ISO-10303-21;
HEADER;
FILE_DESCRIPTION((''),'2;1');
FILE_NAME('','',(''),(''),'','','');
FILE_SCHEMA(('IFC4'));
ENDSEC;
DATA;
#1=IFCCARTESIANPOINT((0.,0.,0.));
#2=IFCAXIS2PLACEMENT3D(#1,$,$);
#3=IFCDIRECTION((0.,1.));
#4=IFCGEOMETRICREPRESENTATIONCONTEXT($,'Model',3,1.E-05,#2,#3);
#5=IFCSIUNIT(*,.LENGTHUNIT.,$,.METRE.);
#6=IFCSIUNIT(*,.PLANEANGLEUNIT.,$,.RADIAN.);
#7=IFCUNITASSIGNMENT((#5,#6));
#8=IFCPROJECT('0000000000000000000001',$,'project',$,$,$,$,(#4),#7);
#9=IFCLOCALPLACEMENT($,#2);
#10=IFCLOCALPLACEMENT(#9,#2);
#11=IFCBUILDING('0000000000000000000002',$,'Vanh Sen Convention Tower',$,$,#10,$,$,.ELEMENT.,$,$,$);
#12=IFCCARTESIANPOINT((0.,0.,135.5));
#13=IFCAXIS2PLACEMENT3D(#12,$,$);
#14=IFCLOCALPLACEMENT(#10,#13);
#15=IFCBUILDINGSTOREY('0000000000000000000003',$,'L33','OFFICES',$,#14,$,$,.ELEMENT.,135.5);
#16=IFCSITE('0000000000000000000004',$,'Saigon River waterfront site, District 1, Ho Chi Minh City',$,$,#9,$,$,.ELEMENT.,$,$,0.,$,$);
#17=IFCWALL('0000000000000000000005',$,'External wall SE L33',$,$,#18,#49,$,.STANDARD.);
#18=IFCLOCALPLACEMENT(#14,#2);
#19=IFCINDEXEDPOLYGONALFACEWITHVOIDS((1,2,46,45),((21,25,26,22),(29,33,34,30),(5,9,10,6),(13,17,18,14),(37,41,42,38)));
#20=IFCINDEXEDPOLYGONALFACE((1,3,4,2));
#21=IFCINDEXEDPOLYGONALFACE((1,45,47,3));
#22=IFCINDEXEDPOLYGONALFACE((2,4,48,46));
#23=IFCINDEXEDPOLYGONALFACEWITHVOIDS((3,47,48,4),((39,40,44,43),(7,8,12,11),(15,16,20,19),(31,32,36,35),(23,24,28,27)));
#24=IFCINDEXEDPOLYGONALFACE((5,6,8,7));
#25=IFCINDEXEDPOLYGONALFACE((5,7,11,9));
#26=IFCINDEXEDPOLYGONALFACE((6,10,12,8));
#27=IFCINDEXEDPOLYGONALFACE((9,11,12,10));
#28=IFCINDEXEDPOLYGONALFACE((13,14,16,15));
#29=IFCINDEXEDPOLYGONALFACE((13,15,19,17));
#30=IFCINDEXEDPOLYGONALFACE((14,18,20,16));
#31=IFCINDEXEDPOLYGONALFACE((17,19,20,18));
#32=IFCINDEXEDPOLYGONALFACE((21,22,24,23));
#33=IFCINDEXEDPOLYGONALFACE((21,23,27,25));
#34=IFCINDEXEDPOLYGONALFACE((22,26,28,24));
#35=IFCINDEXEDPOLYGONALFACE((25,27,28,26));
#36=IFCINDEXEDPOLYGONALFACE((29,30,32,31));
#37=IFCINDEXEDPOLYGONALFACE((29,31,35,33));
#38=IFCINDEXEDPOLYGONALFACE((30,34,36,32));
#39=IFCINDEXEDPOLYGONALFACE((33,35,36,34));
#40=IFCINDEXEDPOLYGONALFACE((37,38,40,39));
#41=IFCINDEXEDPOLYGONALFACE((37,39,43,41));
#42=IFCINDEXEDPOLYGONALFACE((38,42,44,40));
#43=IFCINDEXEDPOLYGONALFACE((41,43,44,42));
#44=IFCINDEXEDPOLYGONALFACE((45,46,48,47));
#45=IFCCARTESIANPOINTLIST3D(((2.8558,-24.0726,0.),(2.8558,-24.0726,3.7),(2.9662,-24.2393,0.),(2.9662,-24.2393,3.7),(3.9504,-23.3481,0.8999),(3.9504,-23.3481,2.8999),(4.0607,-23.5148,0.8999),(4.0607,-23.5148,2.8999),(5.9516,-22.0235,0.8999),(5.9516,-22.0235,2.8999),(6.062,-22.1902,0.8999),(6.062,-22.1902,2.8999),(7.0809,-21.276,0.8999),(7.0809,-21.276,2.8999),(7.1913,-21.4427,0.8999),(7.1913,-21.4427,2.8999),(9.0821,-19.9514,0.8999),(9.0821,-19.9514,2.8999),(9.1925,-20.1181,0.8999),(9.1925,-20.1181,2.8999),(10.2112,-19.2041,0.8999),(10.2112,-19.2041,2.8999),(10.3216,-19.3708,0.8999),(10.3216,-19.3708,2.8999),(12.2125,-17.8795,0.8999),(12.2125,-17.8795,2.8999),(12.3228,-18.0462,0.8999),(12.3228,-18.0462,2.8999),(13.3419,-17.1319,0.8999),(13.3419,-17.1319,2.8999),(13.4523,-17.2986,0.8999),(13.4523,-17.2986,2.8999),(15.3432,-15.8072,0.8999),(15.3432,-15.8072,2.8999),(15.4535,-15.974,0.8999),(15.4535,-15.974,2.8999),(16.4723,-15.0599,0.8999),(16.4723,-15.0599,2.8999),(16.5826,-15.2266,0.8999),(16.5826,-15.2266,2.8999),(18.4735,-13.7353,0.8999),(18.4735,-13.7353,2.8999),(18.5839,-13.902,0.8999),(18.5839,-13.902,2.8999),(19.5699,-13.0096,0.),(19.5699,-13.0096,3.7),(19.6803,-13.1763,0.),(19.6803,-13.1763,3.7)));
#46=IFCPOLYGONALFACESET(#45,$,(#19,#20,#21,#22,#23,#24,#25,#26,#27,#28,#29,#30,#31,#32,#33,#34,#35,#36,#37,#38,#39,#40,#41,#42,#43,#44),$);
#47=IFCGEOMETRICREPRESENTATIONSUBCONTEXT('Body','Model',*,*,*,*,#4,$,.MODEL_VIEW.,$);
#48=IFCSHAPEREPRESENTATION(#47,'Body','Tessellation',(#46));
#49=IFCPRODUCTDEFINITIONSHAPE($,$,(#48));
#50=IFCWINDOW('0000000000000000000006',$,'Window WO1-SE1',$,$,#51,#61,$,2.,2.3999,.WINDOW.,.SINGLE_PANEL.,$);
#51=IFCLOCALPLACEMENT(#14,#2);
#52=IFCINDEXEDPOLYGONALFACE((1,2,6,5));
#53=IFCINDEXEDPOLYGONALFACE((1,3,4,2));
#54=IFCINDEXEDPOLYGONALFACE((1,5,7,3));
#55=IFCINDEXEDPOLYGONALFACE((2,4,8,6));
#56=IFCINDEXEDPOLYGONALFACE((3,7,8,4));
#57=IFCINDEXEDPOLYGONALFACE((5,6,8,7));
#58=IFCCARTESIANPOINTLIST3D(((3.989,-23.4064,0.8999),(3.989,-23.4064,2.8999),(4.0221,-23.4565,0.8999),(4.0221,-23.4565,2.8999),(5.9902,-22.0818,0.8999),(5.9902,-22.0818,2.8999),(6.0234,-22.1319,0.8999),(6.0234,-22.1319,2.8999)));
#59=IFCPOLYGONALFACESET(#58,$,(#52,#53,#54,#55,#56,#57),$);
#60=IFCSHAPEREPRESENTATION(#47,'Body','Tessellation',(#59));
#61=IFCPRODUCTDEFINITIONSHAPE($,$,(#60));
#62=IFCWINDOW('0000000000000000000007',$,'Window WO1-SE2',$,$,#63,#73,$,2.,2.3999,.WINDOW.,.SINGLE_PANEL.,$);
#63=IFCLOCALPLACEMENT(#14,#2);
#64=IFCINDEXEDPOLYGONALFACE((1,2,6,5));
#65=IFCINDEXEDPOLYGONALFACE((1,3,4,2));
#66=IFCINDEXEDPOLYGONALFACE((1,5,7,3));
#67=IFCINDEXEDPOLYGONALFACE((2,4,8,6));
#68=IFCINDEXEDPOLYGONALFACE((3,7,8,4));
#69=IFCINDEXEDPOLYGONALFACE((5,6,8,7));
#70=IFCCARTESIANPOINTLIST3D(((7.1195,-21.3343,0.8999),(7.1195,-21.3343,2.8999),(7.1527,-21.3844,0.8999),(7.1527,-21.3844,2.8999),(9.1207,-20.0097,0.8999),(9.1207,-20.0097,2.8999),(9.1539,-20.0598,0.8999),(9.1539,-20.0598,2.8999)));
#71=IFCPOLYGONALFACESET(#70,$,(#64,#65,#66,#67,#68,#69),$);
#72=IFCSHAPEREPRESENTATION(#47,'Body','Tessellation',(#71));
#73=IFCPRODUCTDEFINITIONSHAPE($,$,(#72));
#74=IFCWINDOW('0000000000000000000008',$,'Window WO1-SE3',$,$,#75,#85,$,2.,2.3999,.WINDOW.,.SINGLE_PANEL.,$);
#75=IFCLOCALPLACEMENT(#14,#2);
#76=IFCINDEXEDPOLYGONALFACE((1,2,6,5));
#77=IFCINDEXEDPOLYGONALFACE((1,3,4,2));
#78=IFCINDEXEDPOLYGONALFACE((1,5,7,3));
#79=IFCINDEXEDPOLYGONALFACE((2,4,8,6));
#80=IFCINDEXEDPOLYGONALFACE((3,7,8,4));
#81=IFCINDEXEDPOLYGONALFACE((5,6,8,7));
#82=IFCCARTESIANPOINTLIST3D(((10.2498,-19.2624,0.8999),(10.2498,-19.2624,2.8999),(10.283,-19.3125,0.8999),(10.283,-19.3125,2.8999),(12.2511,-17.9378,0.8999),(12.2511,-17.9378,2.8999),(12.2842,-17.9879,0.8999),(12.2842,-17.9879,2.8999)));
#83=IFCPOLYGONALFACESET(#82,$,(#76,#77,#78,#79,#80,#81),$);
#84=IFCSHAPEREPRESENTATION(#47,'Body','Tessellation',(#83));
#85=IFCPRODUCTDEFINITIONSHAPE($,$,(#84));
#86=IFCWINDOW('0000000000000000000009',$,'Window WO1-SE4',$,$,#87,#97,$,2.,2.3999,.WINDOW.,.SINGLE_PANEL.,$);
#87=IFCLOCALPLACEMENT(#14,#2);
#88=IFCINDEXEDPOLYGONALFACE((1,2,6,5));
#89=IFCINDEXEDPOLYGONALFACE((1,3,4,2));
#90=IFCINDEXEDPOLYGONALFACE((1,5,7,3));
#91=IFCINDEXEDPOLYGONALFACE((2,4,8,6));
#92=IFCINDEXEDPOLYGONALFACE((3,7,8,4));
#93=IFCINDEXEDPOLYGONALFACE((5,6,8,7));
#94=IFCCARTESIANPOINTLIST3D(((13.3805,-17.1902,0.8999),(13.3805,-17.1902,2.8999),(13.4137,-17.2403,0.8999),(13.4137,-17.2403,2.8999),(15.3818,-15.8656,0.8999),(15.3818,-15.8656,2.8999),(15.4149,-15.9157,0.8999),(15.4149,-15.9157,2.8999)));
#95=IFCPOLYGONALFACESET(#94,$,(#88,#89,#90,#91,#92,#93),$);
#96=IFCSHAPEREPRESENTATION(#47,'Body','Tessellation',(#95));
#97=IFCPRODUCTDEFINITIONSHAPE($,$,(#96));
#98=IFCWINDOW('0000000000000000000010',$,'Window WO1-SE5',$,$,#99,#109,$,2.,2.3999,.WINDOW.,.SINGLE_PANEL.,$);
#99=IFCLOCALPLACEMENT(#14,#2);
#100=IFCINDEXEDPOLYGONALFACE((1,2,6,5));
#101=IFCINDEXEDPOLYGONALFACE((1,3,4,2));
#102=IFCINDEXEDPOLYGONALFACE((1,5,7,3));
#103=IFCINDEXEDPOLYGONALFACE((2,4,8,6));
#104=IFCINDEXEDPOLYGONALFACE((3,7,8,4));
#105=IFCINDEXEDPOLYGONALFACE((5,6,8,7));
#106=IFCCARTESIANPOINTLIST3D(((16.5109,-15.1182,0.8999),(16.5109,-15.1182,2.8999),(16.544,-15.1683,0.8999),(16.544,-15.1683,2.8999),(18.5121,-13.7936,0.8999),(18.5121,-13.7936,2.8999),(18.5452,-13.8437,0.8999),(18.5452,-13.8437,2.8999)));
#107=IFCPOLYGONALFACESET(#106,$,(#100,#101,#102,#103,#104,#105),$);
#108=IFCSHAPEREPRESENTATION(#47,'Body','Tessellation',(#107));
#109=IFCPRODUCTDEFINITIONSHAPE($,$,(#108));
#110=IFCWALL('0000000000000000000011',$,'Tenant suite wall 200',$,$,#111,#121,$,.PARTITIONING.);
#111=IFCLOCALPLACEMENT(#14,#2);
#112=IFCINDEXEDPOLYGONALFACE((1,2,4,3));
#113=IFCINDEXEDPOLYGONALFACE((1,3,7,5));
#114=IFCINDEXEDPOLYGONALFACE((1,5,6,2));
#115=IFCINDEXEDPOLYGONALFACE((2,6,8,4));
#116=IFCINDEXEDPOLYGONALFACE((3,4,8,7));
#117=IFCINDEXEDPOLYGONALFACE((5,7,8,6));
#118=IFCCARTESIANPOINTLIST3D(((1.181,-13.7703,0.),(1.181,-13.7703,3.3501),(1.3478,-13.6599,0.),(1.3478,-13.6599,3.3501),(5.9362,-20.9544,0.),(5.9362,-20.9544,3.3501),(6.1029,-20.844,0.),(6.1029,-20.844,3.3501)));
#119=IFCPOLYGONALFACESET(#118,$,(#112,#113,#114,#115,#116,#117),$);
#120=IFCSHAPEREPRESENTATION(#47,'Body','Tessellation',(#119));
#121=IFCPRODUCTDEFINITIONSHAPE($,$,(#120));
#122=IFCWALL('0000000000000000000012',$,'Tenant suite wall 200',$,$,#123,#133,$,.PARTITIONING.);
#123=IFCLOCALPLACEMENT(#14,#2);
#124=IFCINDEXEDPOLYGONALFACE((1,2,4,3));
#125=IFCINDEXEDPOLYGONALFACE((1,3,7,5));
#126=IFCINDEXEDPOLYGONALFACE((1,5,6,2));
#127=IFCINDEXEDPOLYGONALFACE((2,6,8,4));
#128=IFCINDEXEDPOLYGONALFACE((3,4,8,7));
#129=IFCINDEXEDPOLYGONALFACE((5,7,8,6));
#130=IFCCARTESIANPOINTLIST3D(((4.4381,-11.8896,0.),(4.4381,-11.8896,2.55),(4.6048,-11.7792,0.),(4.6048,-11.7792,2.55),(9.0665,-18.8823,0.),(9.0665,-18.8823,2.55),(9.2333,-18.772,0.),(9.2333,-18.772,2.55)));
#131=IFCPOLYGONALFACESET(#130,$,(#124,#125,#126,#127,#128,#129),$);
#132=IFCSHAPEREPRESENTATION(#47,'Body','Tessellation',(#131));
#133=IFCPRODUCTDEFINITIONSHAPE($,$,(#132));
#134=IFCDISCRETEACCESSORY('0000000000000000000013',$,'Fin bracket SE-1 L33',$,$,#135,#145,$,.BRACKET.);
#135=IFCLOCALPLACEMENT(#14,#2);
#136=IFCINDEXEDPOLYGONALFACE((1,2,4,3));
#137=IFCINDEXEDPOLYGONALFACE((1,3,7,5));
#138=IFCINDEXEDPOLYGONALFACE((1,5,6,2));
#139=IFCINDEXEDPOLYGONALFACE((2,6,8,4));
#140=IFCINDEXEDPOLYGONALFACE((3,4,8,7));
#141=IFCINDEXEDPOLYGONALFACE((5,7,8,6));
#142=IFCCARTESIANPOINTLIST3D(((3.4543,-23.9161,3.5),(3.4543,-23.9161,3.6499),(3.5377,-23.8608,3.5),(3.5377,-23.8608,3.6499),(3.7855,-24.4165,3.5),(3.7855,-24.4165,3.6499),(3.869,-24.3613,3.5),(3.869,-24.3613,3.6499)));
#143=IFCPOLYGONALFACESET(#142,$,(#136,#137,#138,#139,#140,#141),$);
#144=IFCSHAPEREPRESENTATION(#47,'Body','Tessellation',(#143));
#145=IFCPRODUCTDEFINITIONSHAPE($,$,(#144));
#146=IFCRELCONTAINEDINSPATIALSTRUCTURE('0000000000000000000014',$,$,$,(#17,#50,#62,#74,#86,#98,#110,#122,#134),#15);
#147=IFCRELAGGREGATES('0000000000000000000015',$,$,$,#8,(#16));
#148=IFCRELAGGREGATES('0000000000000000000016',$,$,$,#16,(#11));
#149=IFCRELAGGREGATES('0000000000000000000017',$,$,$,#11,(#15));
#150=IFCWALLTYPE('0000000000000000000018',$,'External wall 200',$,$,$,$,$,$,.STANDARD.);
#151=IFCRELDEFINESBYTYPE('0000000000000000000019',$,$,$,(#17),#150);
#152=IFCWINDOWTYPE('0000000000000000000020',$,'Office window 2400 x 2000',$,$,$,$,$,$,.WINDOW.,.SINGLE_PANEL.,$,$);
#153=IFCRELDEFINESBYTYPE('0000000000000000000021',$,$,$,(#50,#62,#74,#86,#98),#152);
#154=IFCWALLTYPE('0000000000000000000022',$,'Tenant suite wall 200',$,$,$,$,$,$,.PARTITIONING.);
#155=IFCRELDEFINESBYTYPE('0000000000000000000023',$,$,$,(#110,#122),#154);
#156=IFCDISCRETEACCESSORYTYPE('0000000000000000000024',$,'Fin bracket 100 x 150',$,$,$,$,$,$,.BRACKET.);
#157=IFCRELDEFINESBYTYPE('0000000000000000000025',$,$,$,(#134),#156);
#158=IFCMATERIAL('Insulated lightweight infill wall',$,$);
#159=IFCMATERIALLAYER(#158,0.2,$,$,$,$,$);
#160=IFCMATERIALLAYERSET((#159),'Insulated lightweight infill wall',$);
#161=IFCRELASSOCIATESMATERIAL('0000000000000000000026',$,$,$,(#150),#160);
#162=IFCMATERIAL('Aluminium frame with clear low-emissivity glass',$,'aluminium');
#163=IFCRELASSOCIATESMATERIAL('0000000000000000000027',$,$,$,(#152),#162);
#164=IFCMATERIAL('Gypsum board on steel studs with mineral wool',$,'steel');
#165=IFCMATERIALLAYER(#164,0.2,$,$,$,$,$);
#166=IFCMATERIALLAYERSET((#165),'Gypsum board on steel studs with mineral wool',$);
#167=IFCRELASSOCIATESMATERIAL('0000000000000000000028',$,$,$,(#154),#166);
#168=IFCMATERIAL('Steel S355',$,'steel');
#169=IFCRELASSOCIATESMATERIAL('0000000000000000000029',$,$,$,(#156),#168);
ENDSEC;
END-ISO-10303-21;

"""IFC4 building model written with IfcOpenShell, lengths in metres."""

from ifc_helpers import new_model, si_unit, direction, frame, frame_2d, origin, origin_2d, place, context, subcontext, project, spatial, rectangle, extrude, material, layer, layer_set, type_object, element, fill, save


model = new_model("IFC4")

# Units and contexts
model_context = context("Model", 3, precision=1e-05, world=origin(), true_north=direction((0.0, 1.0)))
body_context = subcontext(model_context, "Body", "Model", "MODEL_VIEW")
ifc_project = project(units=[si_unit("LENGTHUNIT", "METRE"), si_unit("PLANEANGLEUNIT", "RADIAN")], contexts=[model_context])

# Site, building, storey
site_placement = place(None, origin())
site = spatial("IfcSite", under=ifc_project, at=site_placement, Name="Saigon River waterfront site, District 1, Ho Chi Minh City", CompositionType="ELEMENT", RefElevation=0.0)
building_placement = place(site_placement, origin())
building = spatial("IfcBuilding", under=site, at=building_placement, Name="Vanh Sen Convention Tower", CompositionType="ELEMENT")
storey_placement = place(building_placement, frame((0.0, 0.0, 135.5)))
storey = spatial("IfcBuildingStorey", under=building, at=storey_placement, Name="L33", Description="OFFICES", CompositionType="ELEMENT", Elevation=135.5)

# Shared definitions
ifc_material_1 = material(Name="Gypsum board on steel studs with mineral wool", Category="steel")

# Wall, openings, windows
ifc_material_2 = material(Name="Insulated lightweight infill wall")
ifc_layer_1 = layer(ifc_material_2, 0.2)
ifc_layer_set_1 = layer_set([ifc_layer_1], Name="Insulated lightweight infill wall")
wall_type_1 = type_object("IfcWallType", Name="External wall 200", PredefinedType="STANDARD", material=ifc_layer_set_1)
wall_1_placement = place(storey_placement, frame((2.9109, -24.156, 0.0), z_axis=(0.0, 0.0, 1.0), x_axis=(0.833882, 0.551943, 0.0)))
wall_1 = element("IfcWall", 1, at=wall_1_placement, inside=storey, type_object=wall_type_1, Name="External wall SE L33", PredefinedType="STANDARD", context=body_context, shape_type="SweptSolid", body=[
    extrude(rectangle(XDim=20.0437, YDim=0.2, at=frame_2d((10.022, 0.0))), origin(), (0.0, 0.0, 1.0), 3.7),
])
opening_1_placement = place(wall_1_placement, frame((1.3127, 0.0, 0.8999)))
opening_1 = element("IfcOpeningElement", 2, at=opening_1_placement, cuts=wall_1, PredefinedType="OPENING", context=body_context, shape_type="SweptSolid", body=[
    extrude(rectangle(XDim=2.3999, YDim=2.0, at=frame_2d((1.2, 1.0))), frame((0.0, 0.1099, 0.0), z_axis=(0.0, -1.0, 0.0), x_axis=(1.0, 0.0, 0.0)), (0.0, 0.0, 1.0), 0.22),
])
opening_2_placement = place(wall_1_placement, frame((5.0669, 0.0, 0.8999)))
opening_2 = element("IfcOpeningElement", 3, at=opening_2_placement, cuts=wall_1, PredefinedType="OPENING", context=body_context, shape_type="SweptSolid", body=[
    extrude(rectangle(XDim=2.3999, YDim=2.0, at=frame_2d((1.2, 1.0))), frame((0.0, 0.1099, 0.0), z_axis=(0.0, -1.0, 0.0), x_axis=(1.0, 0.0, 0.0)), (0.0, 0.0, 1.0), 0.22),
])
opening_3_placement = place(wall_1_placement, frame((8.8208, 0.0, 0.8999)))
opening_3 = element("IfcOpeningElement", 4, at=opening_3_placement, cuts=wall_1, PredefinedType="OPENING", context=body_context, shape_type="SweptSolid", body=[
    extrude(rectangle(XDim=2.3999, YDim=2.0, at=frame_2d((1.2, 1.0))), frame((0.0, 0.1099, 0.0), z_axis=(0.0, -1.0, 0.0), x_axis=(1.0, 0.0, 0.0)), (0.0, 0.0, 1.0), 0.22),
])
opening_4_placement = place(wall_1_placement, frame((12.5752, 0.0, 0.8999)))
opening_4 = element("IfcOpeningElement", 5, at=opening_4_placement, cuts=wall_1, PredefinedType="OPENING", context=body_context, shape_type="SweptSolid", body=[
    extrude(rectangle(XDim=2.3999, YDim=2.0, at=frame_2d((1.2, 1.0))), frame((0.0, 0.1099, 0.0), z_axis=(0.0, -1.0, 0.0), x_axis=(1.0, 0.0, 0.0)), (0.0, 0.0, 1.0), 0.22),
])
opening_5_placement = place(wall_1_placement, frame((16.3291, 0.0, 0.8999)))
opening_5 = element("IfcOpeningElement", 6, at=opening_5_placement, cuts=wall_1, PredefinedType="OPENING", context=body_context, shape_type="SweptSolid", body=[
    extrude(rectangle(XDim=2.3999, YDim=2.0, at=frame_2d((1.2, 1.0))), frame((0.0, 0.1099, 0.0), z_axis=(0.0, -1.0, 0.0), x_axis=(1.0, 0.0, 0.0)), (0.0, 0.0, 1.0), 0.22),
])
ifc_material_3 = material(Name="Aluminium frame with clear low-emissivity glass", Category="aluminium")
window_type = type_object("IfcWindowType", Name="Office window 2400 x 2000", PartitioningType="SINGLE_PANEL", PredefinedType="WINDOW", material=ifc_material_3)
window_1_placement = place(opening_1_placement, origin())
window_1 = element("IfcWindow", 7, at=window_1_placement, inside=storey, type_object=window_type, Name="Window WO1-SE1", OverallHeight=2.0, OverallWidth=2.3999, PartitioningType="SINGLE_PANEL", PredefinedType="WINDOW", context=body_context, shape_type="SweptSolid", body=[
    extrude(rectangle(XDim=2.3999, YDim=2.0, at=frame_2d((1.2, 1.0))), frame((0.0, 0.03, 0.0), z_axis=(0.0, -1.0, 0.0), x_axis=(1.0, 0.0, 0.0)), (0.0, 0.0, 1.0), 0.0601),
])
fill(opening_1, window_1)
window_2_placement = place(opening_2_placement, origin())
window_2 = element("IfcWindow", 8, at=window_2_placement, inside=storey, type_object=window_type, Name="Window WO1-SE2", OverallHeight=2.0, OverallWidth=2.3999, PartitioningType="SINGLE_PANEL", PredefinedType="WINDOW", context=body_context, shape_type="SweptSolid", body=[
    extrude(rectangle(XDim=2.3999, YDim=2.0, at=frame_2d((1.2, 1.0))), frame((0.0, 0.03, 0.0), z_axis=(0.0, -1.0, 0.0), x_axis=(1.0, 0.0, 0.0)), (0.0, 0.0, 1.0), 0.0601),
])
fill(opening_2, window_2)
window_3_placement = place(opening_3_placement, origin())
window_3 = element("IfcWindow", 9, at=window_3_placement, inside=storey, type_object=window_type, Name="Window WO1-SE3", OverallHeight=2.0, OverallWidth=2.3999, PartitioningType="SINGLE_PANEL", PredefinedType="WINDOW", context=body_context, shape_type="SweptSolid", body=[
    extrude(rectangle(XDim=2.3999, YDim=2.0, at=frame_2d((1.2, 1.0))), frame((0.0, 0.03, 0.0), z_axis=(0.0, -1.0, 0.0), x_axis=(1.0, 0.0, 0.0)), (0.0, 0.0, 1.0), 0.0601),
])
fill(opening_3, window_3)
window_4_placement = place(opening_4_placement, origin())
window_4 = element("IfcWindow", 10, at=window_4_placement, inside=storey, type_object=window_type, Name="Window WO1-SE4", OverallHeight=2.0, OverallWidth=2.3999, PartitioningType="SINGLE_PANEL", PredefinedType="WINDOW", context=body_context, shape_type="SweptSolid", body=[
    extrude(rectangle(XDim=2.3999, YDim=2.0, at=frame_2d((1.2, 1.0))), frame((0.0, 0.03, 0.0), z_axis=(0.0, -1.0, 0.0), x_axis=(1.0, 0.0, 0.0)), (0.0, 0.0, 1.0), 0.0601),
])
fill(opening_4, window_4)
window_5_placement = place(opening_5_placement, origin())
window_5 = element("IfcWindow", 11, at=window_5_placement, inside=storey, type_object=window_type, Name="Window WO1-SE5", OverallHeight=2.0, OverallWidth=2.3999, PartitioningType="SINGLE_PANEL", PredefinedType="WINDOW", context=body_context, shape_type="SweptSolid", body=[
    extrude(rectangle(XDim=2.3999, YDim=2.0, at=frame_2d((1.2, 1.0))), frame((0.0, 0.03, 0.0), z_axis=(0.0, -1.0, 0.0), x_axis=(1.0, 0.0, 0.0)), (0.0, 0.0, 1.0), 0.0601),
])
fill(opening_5, window_5)

# Walls
ifc_layer_2 = layer(ifc_material_1, 0.2)
ifc_layer_set_2 = layer_set([ifc_layer_2], Name="Gypsum board on steel studs with mineral wool")
wall_type_2 = type_object("IfcWallType", Name="Tenant suite wall 200", PredefinedType="PARTITIONING", material=ifc_layer_set_2)
wall_2_placement = place(storey_placement, frame((6.0195, -20.8992, 0.0), z_axis=(0.0, 0.0, 1.0), x_axis=(-0.551944, 0.833881, 0.0)))
element("IfcWall", 12, at=wall_2_placement, inside=storey, type_object=wall_type_2, Name="Tenant suite wall 200", PredefinedType="PARTITIONING", context=body_context, shape_type="SweptSolid", body=[
    extrude(rectangle(XDim=8.6152, YDim=0.2, at=frame_2d((4.3076, 0.0))), origin(), (0.0, 0.0, 1.0), 3.3501),
])
wall_3_placement = place(storey_placement, frame((9.1499, -18.8271, 0.0), z_axis=(0.0, 0.0, 1.0), x_axis=(-0.551943, 0.833882, 0.0)))
element("IfcWall", 13, at=wall_3_placement, inside=storey, type_object=wall_type_2, Name="Tenant suite wall 200", PredefinedType="PARTITIONING", context=body_context, shape_type="SweptSolid", body=[
    extrude(rectangle(XDim=8.3857, YDim=0.2, at=frame_2d((4.1929, 0.0))), origin(), (0.0, 0.0, 1.0), 2.55),
])

# Discrete accessory
ifc_material_4 = material(Name="Steel S355", Category="steel")
discrete_accessory_type = type_object("IfcDiscreteAccessoryType", Name="Fin bracket 100 x 150", PredefinedType="BRACKET", material=ifc_material_4)
discrete_accessory_placement = place(storey_placement, frame((3.6616, -24.1387, 3.5), z_axis=(0.0, 0.0, 1.0), x_axis=(0.551937, -0.833886, 0.0)))
element("IfcDiscreteAccessory", 14, at=discrete_accessory_placement, inside=storey, type_object=discrete_accessory_type, Name="Fin bracket SE-1 L33", PredefinedType="BRACKET", context=body_context, shape_type="SweptSolid", body=[
    extrude(rectangle(XDim=0.6001, YDim=0.1001, at=origin_2d()), origin(), (0.0, 0.0, 1.0), 0.1499),
])

save(model, "model.ifc")
